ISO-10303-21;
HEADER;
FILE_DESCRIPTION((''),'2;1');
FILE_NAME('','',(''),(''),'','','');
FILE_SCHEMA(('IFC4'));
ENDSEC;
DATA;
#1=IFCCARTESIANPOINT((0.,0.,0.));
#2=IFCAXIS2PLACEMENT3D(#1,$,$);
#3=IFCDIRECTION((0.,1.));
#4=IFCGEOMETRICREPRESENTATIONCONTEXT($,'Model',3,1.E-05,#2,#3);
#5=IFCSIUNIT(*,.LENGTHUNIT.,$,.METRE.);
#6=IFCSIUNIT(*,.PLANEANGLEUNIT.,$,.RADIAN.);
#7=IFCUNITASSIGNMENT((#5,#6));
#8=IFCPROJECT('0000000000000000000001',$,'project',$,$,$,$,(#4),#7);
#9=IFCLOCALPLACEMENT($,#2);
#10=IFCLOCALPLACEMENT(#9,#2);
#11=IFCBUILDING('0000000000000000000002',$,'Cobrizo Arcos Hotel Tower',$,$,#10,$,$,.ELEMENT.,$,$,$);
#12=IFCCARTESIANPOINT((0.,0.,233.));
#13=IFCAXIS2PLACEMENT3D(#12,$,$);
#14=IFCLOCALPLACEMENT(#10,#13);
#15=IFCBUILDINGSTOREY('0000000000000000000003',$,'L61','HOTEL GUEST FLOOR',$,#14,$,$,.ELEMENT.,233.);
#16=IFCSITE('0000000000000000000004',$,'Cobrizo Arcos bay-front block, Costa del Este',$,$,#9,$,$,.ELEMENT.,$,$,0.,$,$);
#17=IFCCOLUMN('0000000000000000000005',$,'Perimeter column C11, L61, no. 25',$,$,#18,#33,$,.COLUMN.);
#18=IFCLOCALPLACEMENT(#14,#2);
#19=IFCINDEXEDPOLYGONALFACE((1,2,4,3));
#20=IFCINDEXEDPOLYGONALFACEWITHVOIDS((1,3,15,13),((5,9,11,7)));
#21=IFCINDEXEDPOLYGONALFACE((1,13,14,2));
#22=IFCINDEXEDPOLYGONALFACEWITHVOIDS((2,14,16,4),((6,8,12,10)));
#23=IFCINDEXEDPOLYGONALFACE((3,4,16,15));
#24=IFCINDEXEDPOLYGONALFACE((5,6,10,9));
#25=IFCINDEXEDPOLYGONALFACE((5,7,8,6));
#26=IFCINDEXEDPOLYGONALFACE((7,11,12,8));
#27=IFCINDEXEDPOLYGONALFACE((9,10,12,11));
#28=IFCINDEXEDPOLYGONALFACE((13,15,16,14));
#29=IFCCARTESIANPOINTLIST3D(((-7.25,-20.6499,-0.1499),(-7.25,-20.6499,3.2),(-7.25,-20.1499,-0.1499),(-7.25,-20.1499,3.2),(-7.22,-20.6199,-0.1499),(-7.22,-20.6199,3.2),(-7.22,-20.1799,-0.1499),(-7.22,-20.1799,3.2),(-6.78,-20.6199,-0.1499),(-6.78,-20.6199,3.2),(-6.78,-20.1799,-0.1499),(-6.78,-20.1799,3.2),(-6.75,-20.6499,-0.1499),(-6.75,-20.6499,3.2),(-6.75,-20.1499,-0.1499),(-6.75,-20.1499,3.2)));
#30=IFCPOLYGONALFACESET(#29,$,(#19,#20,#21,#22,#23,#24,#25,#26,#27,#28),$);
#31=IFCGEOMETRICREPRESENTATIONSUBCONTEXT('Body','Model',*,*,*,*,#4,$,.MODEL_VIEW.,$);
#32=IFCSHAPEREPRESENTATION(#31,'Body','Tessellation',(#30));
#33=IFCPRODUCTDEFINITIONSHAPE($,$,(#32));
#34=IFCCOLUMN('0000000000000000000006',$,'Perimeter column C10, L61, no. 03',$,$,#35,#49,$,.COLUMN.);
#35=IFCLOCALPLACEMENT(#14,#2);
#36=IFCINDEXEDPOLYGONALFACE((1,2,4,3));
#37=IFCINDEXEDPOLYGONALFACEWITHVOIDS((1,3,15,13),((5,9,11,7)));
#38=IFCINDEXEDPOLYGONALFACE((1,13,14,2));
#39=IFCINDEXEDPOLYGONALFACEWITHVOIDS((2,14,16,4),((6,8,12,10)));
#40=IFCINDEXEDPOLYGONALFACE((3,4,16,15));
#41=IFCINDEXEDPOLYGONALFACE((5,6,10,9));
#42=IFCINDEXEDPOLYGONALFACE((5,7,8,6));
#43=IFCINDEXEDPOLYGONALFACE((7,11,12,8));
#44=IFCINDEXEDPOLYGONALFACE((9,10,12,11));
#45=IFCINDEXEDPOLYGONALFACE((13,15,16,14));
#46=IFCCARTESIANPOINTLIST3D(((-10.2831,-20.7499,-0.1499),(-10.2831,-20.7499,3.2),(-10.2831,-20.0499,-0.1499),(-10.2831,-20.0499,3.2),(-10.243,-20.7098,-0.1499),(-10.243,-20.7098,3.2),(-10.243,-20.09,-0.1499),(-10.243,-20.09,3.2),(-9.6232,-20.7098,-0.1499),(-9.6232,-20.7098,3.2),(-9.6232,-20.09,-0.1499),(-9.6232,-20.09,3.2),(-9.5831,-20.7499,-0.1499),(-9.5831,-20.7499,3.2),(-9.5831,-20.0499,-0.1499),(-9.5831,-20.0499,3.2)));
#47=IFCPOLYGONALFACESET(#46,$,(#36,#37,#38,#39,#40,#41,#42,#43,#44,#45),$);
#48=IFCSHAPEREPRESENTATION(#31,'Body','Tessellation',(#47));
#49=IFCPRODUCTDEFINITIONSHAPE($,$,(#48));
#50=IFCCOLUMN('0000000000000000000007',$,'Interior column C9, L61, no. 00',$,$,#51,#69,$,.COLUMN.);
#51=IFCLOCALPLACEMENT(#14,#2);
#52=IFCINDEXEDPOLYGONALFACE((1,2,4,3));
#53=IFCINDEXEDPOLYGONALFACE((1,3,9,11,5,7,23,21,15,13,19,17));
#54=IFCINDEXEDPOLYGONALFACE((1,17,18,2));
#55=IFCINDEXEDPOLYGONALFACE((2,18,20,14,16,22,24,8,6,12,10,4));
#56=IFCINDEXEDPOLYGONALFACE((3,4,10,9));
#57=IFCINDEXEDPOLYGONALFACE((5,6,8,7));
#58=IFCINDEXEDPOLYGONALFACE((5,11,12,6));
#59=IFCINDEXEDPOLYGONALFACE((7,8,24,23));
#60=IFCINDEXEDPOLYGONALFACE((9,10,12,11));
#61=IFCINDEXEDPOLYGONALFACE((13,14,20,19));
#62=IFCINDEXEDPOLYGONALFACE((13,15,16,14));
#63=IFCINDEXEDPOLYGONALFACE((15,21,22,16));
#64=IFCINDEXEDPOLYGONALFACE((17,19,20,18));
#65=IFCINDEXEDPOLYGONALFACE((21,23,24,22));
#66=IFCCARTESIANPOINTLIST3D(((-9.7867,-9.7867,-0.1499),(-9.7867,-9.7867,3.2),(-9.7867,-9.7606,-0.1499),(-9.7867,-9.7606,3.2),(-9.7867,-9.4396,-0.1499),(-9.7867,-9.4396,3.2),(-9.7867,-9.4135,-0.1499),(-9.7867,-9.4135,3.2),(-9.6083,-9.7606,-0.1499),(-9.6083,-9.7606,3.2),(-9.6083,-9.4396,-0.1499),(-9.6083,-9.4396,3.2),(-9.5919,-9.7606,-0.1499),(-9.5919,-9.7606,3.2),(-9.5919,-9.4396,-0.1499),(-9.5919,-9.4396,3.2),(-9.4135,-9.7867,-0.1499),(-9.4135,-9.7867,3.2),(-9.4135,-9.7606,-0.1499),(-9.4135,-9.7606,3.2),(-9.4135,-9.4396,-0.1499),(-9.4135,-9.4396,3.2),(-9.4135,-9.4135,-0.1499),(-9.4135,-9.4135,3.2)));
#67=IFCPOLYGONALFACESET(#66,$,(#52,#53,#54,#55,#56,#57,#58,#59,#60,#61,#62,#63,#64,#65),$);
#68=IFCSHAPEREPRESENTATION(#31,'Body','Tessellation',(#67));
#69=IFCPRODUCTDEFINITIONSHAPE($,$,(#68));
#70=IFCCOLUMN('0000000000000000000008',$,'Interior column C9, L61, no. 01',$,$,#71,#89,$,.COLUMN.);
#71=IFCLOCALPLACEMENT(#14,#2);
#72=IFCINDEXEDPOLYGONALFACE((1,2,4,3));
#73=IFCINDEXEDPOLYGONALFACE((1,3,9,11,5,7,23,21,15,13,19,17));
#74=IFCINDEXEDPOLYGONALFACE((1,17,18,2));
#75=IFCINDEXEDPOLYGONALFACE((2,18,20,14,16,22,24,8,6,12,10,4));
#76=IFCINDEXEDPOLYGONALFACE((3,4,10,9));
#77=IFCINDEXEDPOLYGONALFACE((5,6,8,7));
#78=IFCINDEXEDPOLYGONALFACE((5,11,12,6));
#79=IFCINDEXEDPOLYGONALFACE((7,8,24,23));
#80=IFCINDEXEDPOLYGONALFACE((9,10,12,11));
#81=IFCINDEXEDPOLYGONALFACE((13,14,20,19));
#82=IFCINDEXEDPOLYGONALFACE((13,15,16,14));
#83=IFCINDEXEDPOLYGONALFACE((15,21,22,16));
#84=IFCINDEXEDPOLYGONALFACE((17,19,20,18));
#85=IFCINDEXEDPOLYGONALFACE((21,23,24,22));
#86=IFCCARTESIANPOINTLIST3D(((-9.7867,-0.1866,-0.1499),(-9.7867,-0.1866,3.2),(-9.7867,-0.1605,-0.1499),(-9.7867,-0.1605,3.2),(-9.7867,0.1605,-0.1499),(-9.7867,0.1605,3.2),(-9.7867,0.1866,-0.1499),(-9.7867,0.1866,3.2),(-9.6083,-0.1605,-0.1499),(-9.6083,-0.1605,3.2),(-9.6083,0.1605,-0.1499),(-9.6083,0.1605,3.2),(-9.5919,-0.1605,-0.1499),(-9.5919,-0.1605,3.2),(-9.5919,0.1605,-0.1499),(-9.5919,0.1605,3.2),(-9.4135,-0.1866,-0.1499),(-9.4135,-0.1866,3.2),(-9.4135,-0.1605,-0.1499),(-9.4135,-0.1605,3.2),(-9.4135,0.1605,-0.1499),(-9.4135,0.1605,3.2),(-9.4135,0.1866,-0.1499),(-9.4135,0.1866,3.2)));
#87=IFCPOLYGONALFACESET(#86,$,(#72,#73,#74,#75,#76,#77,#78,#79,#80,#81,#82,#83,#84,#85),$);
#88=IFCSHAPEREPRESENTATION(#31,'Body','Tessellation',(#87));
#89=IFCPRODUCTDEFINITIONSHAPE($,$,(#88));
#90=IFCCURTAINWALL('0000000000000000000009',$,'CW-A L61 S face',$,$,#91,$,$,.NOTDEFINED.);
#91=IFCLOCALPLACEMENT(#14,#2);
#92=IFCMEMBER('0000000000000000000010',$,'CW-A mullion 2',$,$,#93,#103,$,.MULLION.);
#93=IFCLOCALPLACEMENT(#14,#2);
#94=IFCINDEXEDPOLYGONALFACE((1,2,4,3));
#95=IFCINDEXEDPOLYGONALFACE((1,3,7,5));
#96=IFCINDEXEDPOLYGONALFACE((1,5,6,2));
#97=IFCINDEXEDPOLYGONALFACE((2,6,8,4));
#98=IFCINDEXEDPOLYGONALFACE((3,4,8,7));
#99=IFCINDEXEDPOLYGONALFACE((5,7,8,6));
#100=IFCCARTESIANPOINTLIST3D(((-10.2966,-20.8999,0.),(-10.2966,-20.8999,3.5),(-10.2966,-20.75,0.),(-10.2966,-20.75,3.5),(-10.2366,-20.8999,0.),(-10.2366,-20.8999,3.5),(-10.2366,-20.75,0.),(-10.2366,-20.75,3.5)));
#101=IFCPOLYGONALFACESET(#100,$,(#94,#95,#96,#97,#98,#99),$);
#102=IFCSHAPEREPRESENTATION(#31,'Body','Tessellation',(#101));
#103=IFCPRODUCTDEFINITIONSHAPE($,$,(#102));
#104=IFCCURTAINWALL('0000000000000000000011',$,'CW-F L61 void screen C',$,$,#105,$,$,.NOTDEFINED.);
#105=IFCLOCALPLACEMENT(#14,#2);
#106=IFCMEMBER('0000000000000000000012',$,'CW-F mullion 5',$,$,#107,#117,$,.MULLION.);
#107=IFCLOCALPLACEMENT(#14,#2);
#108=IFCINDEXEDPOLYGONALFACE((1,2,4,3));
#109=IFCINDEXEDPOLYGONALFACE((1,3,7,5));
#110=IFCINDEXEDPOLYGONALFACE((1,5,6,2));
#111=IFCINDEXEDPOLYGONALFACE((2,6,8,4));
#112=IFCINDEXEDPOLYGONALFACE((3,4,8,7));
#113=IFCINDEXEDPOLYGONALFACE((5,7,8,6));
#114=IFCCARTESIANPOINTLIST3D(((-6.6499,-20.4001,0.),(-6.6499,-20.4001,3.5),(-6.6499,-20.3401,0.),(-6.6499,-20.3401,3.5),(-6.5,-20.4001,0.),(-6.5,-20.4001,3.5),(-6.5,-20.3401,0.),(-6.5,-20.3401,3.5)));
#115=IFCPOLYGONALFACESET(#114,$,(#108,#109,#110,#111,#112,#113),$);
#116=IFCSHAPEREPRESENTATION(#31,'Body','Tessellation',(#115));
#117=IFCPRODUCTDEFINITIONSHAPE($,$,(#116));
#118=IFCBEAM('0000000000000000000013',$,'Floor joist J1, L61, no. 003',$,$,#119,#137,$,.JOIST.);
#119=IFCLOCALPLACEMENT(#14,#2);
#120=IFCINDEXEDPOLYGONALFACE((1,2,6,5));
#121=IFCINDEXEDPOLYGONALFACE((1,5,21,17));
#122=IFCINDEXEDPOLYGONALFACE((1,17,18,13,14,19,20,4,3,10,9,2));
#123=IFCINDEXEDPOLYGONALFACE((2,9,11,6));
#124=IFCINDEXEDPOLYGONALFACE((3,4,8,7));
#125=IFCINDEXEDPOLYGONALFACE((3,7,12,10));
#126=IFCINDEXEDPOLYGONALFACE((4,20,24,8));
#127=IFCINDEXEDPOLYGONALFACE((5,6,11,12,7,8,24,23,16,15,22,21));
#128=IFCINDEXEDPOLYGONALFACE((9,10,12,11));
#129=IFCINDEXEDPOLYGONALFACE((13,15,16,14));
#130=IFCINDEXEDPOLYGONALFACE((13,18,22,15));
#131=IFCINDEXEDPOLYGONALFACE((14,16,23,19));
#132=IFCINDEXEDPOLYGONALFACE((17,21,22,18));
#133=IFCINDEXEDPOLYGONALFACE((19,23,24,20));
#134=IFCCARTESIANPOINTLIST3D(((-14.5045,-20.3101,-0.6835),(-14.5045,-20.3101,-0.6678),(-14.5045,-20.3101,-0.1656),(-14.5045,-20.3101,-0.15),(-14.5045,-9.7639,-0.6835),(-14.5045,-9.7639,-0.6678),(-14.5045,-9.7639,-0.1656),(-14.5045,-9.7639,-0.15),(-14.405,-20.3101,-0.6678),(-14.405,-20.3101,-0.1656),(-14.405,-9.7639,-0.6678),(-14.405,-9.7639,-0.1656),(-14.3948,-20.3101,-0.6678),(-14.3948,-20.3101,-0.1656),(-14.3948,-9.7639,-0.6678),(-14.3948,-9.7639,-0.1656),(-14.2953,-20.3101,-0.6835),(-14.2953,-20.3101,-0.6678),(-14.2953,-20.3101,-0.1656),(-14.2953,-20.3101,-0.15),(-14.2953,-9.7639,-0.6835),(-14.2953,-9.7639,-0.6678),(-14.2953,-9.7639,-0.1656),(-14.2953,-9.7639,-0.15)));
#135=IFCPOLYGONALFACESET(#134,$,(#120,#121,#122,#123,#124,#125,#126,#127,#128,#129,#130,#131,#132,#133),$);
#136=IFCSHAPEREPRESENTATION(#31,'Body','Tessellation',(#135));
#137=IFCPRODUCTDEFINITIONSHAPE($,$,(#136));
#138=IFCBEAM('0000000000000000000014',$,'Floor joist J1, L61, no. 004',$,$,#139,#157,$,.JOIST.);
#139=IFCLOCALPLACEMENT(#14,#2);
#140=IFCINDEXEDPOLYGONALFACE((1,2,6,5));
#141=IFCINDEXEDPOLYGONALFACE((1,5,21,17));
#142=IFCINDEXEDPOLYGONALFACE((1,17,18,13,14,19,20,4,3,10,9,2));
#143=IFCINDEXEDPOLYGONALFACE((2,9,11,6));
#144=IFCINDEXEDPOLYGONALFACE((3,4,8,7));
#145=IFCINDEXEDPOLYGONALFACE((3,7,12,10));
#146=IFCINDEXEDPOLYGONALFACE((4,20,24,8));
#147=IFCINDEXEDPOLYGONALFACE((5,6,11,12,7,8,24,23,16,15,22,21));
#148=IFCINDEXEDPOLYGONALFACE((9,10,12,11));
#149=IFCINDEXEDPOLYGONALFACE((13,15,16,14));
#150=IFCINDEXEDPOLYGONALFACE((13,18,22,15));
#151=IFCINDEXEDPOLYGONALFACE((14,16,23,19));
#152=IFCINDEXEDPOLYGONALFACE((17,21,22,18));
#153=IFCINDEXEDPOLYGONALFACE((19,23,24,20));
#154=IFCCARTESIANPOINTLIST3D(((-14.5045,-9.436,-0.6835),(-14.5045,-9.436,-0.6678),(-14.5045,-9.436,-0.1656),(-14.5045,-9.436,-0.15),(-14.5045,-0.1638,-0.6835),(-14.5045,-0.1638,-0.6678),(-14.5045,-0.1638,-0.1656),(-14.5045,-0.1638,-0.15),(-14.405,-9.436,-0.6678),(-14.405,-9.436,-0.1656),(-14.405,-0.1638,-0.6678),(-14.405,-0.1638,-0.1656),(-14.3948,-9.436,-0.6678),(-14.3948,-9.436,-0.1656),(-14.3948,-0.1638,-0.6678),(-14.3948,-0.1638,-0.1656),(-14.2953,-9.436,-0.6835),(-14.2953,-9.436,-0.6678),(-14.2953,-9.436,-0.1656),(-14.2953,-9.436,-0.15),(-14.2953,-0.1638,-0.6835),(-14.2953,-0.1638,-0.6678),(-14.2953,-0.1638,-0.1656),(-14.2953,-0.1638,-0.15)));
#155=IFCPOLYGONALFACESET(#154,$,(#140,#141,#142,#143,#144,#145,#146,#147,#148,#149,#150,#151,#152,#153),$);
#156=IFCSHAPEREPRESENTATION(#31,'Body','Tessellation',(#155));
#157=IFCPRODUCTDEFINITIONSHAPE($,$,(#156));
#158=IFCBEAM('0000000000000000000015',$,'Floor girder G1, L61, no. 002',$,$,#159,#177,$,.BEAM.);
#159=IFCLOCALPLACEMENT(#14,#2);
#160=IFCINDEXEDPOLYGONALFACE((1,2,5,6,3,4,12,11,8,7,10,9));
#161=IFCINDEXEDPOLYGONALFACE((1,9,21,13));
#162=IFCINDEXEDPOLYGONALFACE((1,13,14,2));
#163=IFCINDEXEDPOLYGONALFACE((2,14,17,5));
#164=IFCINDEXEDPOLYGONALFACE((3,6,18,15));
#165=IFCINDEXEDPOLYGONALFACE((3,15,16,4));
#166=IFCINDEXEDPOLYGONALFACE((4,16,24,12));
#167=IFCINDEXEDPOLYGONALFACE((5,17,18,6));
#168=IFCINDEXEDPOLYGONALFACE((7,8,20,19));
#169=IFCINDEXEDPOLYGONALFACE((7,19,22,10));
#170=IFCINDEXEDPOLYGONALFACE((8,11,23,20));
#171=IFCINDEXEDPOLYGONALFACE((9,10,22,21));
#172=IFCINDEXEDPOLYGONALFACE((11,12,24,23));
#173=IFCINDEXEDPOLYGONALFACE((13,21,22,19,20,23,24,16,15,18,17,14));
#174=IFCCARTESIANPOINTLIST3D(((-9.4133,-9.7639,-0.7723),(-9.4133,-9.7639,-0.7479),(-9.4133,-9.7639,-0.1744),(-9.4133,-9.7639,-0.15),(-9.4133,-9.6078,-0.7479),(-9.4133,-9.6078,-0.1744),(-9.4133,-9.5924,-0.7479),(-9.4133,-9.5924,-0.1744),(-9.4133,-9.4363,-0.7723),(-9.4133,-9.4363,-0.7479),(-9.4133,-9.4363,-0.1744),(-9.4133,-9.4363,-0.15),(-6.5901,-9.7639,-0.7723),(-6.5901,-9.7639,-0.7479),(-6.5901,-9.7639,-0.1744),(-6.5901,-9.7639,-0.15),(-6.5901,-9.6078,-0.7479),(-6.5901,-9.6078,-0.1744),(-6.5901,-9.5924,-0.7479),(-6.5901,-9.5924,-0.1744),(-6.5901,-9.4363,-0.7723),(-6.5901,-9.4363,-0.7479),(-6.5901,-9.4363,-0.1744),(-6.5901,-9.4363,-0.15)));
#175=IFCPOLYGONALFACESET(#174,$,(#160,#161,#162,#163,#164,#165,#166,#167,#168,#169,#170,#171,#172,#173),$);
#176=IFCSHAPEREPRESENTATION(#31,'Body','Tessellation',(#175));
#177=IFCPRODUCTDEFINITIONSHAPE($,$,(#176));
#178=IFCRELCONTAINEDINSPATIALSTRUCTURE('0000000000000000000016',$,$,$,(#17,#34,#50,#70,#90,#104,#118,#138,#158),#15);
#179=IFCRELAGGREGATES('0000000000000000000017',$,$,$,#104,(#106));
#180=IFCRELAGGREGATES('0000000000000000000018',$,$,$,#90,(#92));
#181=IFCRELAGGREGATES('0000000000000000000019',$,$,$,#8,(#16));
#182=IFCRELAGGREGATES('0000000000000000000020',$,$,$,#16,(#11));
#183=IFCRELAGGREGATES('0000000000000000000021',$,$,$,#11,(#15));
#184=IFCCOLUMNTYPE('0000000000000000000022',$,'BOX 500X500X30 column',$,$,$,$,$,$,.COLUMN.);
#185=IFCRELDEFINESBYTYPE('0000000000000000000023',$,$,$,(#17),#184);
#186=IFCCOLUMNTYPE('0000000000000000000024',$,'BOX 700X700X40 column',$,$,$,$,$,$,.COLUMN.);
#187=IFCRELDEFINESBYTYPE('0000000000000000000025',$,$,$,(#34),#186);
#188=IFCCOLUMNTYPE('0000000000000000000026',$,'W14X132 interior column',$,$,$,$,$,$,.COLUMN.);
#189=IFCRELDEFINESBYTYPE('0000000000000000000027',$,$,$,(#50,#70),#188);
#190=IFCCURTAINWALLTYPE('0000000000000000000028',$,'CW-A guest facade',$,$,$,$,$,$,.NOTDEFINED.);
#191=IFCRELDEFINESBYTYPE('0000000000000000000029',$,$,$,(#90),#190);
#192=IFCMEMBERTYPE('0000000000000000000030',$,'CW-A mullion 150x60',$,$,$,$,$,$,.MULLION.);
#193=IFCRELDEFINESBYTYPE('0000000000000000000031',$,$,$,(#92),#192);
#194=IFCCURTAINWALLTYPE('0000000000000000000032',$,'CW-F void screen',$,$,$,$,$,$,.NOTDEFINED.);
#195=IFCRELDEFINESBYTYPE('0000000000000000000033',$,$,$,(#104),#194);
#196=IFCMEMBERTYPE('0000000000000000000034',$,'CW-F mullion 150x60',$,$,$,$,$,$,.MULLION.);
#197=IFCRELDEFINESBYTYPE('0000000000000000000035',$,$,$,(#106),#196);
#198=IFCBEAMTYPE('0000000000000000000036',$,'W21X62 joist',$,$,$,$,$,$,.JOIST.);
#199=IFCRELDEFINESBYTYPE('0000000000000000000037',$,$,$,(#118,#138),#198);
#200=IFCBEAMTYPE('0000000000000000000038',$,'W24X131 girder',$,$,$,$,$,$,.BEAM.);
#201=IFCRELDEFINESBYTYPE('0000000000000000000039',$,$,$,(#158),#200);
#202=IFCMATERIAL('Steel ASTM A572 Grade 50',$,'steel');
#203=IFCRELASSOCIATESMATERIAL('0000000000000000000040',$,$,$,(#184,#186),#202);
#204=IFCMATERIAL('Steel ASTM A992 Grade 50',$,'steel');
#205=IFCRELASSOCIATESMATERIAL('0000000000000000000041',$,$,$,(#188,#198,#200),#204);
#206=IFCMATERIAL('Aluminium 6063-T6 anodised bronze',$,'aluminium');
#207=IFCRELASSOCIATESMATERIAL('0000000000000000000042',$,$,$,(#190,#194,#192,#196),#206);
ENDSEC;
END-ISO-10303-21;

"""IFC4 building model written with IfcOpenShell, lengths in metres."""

from ifc_helpers import new_model, si_unit, direction, frame, origin, origin_2d, place, context, subcontext, project, spatial, rectangle, hollow_rectangle, i_section, extrude, material, material_profile, profile_set, type_object, element, aggregate, save


model = new_model("IFC4")

# Units and contexts
model_context = context("Model", 3, precision=1e-05, world=origin(), true_north=direction((0.0, 1.0)))
body_context = subcontext(model_context, "Body", "Model", "MODEL_VIEW")
ifc_project = project(units=[si_unit("LENGTHUNIT", "METRE"), si_unit("PLANEANGLEUNIT", "RADIAN")], contexts=[model_context])

# Site, building, storey
site_placement = place(None, origin())
site = spatial("IfcSite", under=ifc_project, at=site_placement, Name="Cobrizo Arcos bay-front block, Costa del Este", CompositionType="ELEMENT", RefElevation=0.0)
building_placement = place(site_placement, origin())
building = spatial("IfcBuilding", under=site, at=building_placement, Name="Cobrizo Arcos Hotel Tower", CompositionType="ELEMENT")
storey_placement = place(building_placement, frame((0.0, 0.0, 233.0)))
storey = spatial("IfcBuildingStorey", under=building, at=storey_placement, Name="L61", Description="HOTEL GUEST FLOOR", CompositionType="ELEMENT", Elevation=233.0)

# Columns
ifc_material_1 = material(Name="Steel ASTM A572 Grade 50", Category="steel")
ifc_material_profile_1 = material_profile(ifc_material_1, hollow_rectangle(XDim=0.5, YDim=0.5, WallThickness=0.03, at=origin_2d()), Name="BOX 500X500X30")
ifc_profile_set_1 = profile_set([ifc_material_profile_1], Name="Steel ASTM A572 Grade 50")
column_type_1 = type_object("IfcColumnType", Name="BOX 500X500X30 column", PredefinedType="COLUMN", material=ifc_profile_set_1)
column_1_placement = place(storey_placement, frame((-7.0, -20.3999, -0.1499), z_axis=(0.0, 0.0, 1.0), x_axis=(1.0, 0.0, 0.0)))
element("IfcColumn", 1, at=column_1_placement, inside=storey, type_object=column_type_1, Name="Perimeter column C11, L61, no. 25", PredefinedType="COLUMN", context=body_context, shape_type="SweptSolid", body=[
    extrude(hollow_rectangle(XDim=0.5, YDim=0.5, WallThickness=0.03, at=origin_2d()), origin(), (0.0, 0.0, 1.0), 3.3499),
])
ifc_material_profile_2 = material_profile(ifc_material_1, hollow_rectangle(XDim=0.7, YDim=0.7, WallThickness=0.04, at=origin_2d()), Name="BOX 700X700X40")
ifc_profile_set_2 = profile_set([ifc_material_profile_2], Name="Steel ASTM A572 Grade 50")
column_type_2 = type_object("IfcColumnType", Name="BOX 700X700X40 column", PredefinedType="COLUMN", material=ifc_profile_set_2)
column_2_placement = place(storey_placement, frame((-9.9331, -20.3999, -0.1499), z_axis=(0.0, 0.0, 1.0), x_axis=(1.0, 0.0, 0.0)))
element("IfcColumn", 2, at=column_2_placement, inside=storey, type_object=column_type_2, Name="Perimeter column C10, L61, no. 03", PredefinedType="COLUMN", context=body_context, shape_type="SweptSolid", body=[
    extrude(hollow_rectangle(XDim=0.7, YDim=0.7, WallThickness=0.04, at=origin_2d()), origin(), (0.0, 0.0, 1.0), 3.3499),
])
ifc_material_2 = material(Name="Steel ASTM A992 Grade 50", Category="steel")
ifc_material_profile_3 = material_profile(ifc_material_2, i_section(OverallWidth=0.3733, OverallDepth=0.3733, WebThickness=0.0164, FlangeThickness=0.0261, at=origin_2d()), Name="W14X132")
ifc_profile_set_3 = profile_set([ifc_material_profile_3], Name="Steel ASTM A992 Grade 50")
column_type_3 = type_object("IfcColumnType", Name="W14X132 interior column", PredefinedType="COLUMN", material=ifc_profile_set_3)
for number, where, z_axis, x_axis, name in (
    (3, (-9.6001, -9.6001, -0.1499), (0.0, 0.0, 1.0), (1.0, 0.0, 0.0), "Interior column C9, L61, no. 00"),
    (4, (-9.6001, 0.0, -0.1499), (0.0, 0.0, 1.0), (1.0, 0.0, 0.0), "Interior column C9, L61, no. 01"),
):
    element("IfcColumn", number, at=place(storey_placement, frame(where, z_axis=z_axis, x_axis=x_axis)), inside=storey, type_object=column_type_3, Name=name, PredefinedType="COLUMN", context=body_context, shape_type="SweptSolid", body=[
        extrude(i_section(OverallWidth=0.3733, OverallDepth=0.3733, WebThickness=0.0164, FlangeThickness=0.0261, at=origin_2d()), origin(), (0.0, 0.0, 1.0), 3.3499),
    ])

# Curtain walls, members
ifc_material_3 = material(Name="Aluminium 6063-T6 anodised bronze", Category="aluminium")
curtain_wall_type_1 = type_object("IfcCurtainWallType", Name="CW-A guest facade", PredefinedType="NOTDEFINED", material=ifc_material_3)
curtain_wall_1_placement = place(storey_placement, origin())
curtain_wall_1 = element("IfcCurtainWall", 5, at=curtain_wall_1_placement, inside=storey, type_object=curtain_wall_type_1, Name="CW-A L61 S face", PredefinedType="NOTDEFINED")
ifc_material_profile_4 = material_profile(ifc_material_3, rectangle(XDim=0.1499, YDim=0.0601, at=origin_2d()), Name="CW-A mullion 150x60")
ifc_profile_set_4 = profile_set([ifc_material_profile_4], Name="Aluminium 6063-T6 anodised bronze")
member_type_1 = type_object("IfcMemberType", Name="CW-A mullion 150x60", PredefinedType="MULLION", material=ifc_profile_set_4)
member_1_placement = place(storey_placement, frame((-10.2666, -20.825, 0.0), z_axis=(0.0, 0.0, 1.0), x_axis=(0.0, -1.0, 0.0)))
member_1 = element("IfcMember", 6, at=member_1_placement, type_object=member_type_1, Name="CW-A mullion 2", PredefinedType="MULLION", context=body_context, shape_type="SweptSolid", body=[
    extrude(rectangle(XDim=0.1499, YDim=0.0601, at=origin_2d()), origin(), (0.0, 0.0, 1.0), 3.5),
])
curtain_wall_type_2 = type_object("IfcCurtainWallType", Name="CW-F void screen", PredefinedType="NOTDEFINED", material=ifc_material_3)
curtain_wall_2_placement = place(storey_placement, origin())
curtain_wall_2 = element("IfcCurtainWall", 7, at=curtain_wall_2_placement, inside=storey, type_object=curtain_wall_type_2, Name="CW-F L61 void screen C", PredefinedType="NOTDEFINED")
ifc_material_profile_5 = material_profile(ifc_material_3, rectangle(XDim=0.1499, YDim=0.0601, at=origin_2d()), Name="CW-F mullion 150x60")
ifc_profile_set_5 = profile_set([ifc_material_profile_5], Name="Aluminium 6063-T6 anodised bronze")
member_type_2 = type_object("IfcMemberType", Name="CW-F mullion 150x60", PredefinedType="MULLION", material=ifc_profile_set_5)
member_2_placement = place(storey_placement, frame((-6.575, -20.3701, 0.0), z_axis=(0.0, 0.0, 1.0), x_axis=(-1.0, 0.0, 0.0)))
member_2 = element("IfcMember", 8, at=member_2_placement, type_object=member_type_2, Name="CW-F mullion 5", PredefinedType="MULLION", context=body_context, shape_type="SweptSolid", body=[
    extrude(rectangle(XDim=0.1499, YDim=0.0601, at=origin_2d()), origin(), (0.0, 0.0, 1.0), 3.5),
])
aggregate(curtain_wall_2, [member_2])

# Beams
ifc_material_profile_6 = material_profile(ifc_material_2, i_section(OverallWidth=0.2092, OverallDepth=0.5334, WebThickness=0.0103, FlangeThickness=0.0156, at=origin_2d()), Name="W21X62")
ifc_profile_set_6 = profile_set([ifc_material_profile_6], Name="Steel ASTM A992 Grade 50")
beam_type_1 = type_object("IfcBeamType", Name="W21X62 joist", PredefinedType="JOIST", material=ifc_profile_set_6)
beam_1_placement = place(storey_placement, frame((-14.3999, -20.3101, -0.4167), z_axis=(0.0, 1.0, 0.0), x_axis=(-1.0, 0.0, 0.0)))
element("IfcBeam", 9, at=beam_1_placement, inside=storey, type_object=beam_type_1, Name="Floor joist J1, L61, no. 003", PredefinedType="JOIST", context=body_context, shape_type="SweptSolid", body=[
    extrude(i_section(OverallWidth=0.2092, OverallDepth=0.5334, WebThickness=0.0103, FlangeThickness=0.0156, at=origin_2d()), origin(), (0.0, 0.0, 1.0), 10.5461),
])
beam_2_placement = place(storey_placement, frame((-14.3999, -9.436, -0.4167), z_axis=(0.0, 1.0, 0.0), x_axis=(-1.0, 0.0, 0.0)))
element("IfcBeam", 10, at=beam_2_placement, inside=storey, type_object=beam_type_1, Name="Floor joist J1, L61, no. 004", PredefinedType="JOIST", context=body_context, shape_type="SweptSolid", body=[
    extrude(i_section(OverallWidth=0.2092, OverallDepth=0.5334, WebThickness=0.0103, FlangeThickness=0.0156, at=origin_2d()), origin(), (0.0, 0.0, 1.0), 9.2722),
])
ifc_material_profile_7 = material_profile(ifc_material_2, i_section(OverallWidth=0.3276, OverallDepth=0.6223, WebThickness=0.0154, FlangeThickness=0.0244, at=origin_2d()), Name="W24X131")
ifc_profile_set_7 = profile_set([ifc_material_profile_7], Name="Steel ASTM A992 Grade 50")
beam_type_2 = type_object("IfcBeamType", Name="W24X131 girder", PredefinedType="BEAM", material=ifc_profile_set_7)
beam_3_placement = place(storey_placement, frame((-9.4133, -9.6001, -0.4612), z_axis=(1.0, 0.0, 0.0), x_axis=(0.0, 1.0, 0.0)))
element("IfcBeam", 11, at=beam_3_placement, inside=storey, type_object=beam_type_2, Name="Floor girder G1, L61, no. 002", PredefinedType="BEAM", context=body_context, shape_type="SweptSolid", body=[
    extrude(i_section(OverallWidth=0.3276, OverallDepth=0.6223, WebThickness=0.0154, FlangeThickness=0.0244, at=origin_2d()), origin(), (0.0, 0.0, 1.0), 2.8232),
])

aggregate(curtain_wall_1, [member_1])

save(model, "model.ifc")
